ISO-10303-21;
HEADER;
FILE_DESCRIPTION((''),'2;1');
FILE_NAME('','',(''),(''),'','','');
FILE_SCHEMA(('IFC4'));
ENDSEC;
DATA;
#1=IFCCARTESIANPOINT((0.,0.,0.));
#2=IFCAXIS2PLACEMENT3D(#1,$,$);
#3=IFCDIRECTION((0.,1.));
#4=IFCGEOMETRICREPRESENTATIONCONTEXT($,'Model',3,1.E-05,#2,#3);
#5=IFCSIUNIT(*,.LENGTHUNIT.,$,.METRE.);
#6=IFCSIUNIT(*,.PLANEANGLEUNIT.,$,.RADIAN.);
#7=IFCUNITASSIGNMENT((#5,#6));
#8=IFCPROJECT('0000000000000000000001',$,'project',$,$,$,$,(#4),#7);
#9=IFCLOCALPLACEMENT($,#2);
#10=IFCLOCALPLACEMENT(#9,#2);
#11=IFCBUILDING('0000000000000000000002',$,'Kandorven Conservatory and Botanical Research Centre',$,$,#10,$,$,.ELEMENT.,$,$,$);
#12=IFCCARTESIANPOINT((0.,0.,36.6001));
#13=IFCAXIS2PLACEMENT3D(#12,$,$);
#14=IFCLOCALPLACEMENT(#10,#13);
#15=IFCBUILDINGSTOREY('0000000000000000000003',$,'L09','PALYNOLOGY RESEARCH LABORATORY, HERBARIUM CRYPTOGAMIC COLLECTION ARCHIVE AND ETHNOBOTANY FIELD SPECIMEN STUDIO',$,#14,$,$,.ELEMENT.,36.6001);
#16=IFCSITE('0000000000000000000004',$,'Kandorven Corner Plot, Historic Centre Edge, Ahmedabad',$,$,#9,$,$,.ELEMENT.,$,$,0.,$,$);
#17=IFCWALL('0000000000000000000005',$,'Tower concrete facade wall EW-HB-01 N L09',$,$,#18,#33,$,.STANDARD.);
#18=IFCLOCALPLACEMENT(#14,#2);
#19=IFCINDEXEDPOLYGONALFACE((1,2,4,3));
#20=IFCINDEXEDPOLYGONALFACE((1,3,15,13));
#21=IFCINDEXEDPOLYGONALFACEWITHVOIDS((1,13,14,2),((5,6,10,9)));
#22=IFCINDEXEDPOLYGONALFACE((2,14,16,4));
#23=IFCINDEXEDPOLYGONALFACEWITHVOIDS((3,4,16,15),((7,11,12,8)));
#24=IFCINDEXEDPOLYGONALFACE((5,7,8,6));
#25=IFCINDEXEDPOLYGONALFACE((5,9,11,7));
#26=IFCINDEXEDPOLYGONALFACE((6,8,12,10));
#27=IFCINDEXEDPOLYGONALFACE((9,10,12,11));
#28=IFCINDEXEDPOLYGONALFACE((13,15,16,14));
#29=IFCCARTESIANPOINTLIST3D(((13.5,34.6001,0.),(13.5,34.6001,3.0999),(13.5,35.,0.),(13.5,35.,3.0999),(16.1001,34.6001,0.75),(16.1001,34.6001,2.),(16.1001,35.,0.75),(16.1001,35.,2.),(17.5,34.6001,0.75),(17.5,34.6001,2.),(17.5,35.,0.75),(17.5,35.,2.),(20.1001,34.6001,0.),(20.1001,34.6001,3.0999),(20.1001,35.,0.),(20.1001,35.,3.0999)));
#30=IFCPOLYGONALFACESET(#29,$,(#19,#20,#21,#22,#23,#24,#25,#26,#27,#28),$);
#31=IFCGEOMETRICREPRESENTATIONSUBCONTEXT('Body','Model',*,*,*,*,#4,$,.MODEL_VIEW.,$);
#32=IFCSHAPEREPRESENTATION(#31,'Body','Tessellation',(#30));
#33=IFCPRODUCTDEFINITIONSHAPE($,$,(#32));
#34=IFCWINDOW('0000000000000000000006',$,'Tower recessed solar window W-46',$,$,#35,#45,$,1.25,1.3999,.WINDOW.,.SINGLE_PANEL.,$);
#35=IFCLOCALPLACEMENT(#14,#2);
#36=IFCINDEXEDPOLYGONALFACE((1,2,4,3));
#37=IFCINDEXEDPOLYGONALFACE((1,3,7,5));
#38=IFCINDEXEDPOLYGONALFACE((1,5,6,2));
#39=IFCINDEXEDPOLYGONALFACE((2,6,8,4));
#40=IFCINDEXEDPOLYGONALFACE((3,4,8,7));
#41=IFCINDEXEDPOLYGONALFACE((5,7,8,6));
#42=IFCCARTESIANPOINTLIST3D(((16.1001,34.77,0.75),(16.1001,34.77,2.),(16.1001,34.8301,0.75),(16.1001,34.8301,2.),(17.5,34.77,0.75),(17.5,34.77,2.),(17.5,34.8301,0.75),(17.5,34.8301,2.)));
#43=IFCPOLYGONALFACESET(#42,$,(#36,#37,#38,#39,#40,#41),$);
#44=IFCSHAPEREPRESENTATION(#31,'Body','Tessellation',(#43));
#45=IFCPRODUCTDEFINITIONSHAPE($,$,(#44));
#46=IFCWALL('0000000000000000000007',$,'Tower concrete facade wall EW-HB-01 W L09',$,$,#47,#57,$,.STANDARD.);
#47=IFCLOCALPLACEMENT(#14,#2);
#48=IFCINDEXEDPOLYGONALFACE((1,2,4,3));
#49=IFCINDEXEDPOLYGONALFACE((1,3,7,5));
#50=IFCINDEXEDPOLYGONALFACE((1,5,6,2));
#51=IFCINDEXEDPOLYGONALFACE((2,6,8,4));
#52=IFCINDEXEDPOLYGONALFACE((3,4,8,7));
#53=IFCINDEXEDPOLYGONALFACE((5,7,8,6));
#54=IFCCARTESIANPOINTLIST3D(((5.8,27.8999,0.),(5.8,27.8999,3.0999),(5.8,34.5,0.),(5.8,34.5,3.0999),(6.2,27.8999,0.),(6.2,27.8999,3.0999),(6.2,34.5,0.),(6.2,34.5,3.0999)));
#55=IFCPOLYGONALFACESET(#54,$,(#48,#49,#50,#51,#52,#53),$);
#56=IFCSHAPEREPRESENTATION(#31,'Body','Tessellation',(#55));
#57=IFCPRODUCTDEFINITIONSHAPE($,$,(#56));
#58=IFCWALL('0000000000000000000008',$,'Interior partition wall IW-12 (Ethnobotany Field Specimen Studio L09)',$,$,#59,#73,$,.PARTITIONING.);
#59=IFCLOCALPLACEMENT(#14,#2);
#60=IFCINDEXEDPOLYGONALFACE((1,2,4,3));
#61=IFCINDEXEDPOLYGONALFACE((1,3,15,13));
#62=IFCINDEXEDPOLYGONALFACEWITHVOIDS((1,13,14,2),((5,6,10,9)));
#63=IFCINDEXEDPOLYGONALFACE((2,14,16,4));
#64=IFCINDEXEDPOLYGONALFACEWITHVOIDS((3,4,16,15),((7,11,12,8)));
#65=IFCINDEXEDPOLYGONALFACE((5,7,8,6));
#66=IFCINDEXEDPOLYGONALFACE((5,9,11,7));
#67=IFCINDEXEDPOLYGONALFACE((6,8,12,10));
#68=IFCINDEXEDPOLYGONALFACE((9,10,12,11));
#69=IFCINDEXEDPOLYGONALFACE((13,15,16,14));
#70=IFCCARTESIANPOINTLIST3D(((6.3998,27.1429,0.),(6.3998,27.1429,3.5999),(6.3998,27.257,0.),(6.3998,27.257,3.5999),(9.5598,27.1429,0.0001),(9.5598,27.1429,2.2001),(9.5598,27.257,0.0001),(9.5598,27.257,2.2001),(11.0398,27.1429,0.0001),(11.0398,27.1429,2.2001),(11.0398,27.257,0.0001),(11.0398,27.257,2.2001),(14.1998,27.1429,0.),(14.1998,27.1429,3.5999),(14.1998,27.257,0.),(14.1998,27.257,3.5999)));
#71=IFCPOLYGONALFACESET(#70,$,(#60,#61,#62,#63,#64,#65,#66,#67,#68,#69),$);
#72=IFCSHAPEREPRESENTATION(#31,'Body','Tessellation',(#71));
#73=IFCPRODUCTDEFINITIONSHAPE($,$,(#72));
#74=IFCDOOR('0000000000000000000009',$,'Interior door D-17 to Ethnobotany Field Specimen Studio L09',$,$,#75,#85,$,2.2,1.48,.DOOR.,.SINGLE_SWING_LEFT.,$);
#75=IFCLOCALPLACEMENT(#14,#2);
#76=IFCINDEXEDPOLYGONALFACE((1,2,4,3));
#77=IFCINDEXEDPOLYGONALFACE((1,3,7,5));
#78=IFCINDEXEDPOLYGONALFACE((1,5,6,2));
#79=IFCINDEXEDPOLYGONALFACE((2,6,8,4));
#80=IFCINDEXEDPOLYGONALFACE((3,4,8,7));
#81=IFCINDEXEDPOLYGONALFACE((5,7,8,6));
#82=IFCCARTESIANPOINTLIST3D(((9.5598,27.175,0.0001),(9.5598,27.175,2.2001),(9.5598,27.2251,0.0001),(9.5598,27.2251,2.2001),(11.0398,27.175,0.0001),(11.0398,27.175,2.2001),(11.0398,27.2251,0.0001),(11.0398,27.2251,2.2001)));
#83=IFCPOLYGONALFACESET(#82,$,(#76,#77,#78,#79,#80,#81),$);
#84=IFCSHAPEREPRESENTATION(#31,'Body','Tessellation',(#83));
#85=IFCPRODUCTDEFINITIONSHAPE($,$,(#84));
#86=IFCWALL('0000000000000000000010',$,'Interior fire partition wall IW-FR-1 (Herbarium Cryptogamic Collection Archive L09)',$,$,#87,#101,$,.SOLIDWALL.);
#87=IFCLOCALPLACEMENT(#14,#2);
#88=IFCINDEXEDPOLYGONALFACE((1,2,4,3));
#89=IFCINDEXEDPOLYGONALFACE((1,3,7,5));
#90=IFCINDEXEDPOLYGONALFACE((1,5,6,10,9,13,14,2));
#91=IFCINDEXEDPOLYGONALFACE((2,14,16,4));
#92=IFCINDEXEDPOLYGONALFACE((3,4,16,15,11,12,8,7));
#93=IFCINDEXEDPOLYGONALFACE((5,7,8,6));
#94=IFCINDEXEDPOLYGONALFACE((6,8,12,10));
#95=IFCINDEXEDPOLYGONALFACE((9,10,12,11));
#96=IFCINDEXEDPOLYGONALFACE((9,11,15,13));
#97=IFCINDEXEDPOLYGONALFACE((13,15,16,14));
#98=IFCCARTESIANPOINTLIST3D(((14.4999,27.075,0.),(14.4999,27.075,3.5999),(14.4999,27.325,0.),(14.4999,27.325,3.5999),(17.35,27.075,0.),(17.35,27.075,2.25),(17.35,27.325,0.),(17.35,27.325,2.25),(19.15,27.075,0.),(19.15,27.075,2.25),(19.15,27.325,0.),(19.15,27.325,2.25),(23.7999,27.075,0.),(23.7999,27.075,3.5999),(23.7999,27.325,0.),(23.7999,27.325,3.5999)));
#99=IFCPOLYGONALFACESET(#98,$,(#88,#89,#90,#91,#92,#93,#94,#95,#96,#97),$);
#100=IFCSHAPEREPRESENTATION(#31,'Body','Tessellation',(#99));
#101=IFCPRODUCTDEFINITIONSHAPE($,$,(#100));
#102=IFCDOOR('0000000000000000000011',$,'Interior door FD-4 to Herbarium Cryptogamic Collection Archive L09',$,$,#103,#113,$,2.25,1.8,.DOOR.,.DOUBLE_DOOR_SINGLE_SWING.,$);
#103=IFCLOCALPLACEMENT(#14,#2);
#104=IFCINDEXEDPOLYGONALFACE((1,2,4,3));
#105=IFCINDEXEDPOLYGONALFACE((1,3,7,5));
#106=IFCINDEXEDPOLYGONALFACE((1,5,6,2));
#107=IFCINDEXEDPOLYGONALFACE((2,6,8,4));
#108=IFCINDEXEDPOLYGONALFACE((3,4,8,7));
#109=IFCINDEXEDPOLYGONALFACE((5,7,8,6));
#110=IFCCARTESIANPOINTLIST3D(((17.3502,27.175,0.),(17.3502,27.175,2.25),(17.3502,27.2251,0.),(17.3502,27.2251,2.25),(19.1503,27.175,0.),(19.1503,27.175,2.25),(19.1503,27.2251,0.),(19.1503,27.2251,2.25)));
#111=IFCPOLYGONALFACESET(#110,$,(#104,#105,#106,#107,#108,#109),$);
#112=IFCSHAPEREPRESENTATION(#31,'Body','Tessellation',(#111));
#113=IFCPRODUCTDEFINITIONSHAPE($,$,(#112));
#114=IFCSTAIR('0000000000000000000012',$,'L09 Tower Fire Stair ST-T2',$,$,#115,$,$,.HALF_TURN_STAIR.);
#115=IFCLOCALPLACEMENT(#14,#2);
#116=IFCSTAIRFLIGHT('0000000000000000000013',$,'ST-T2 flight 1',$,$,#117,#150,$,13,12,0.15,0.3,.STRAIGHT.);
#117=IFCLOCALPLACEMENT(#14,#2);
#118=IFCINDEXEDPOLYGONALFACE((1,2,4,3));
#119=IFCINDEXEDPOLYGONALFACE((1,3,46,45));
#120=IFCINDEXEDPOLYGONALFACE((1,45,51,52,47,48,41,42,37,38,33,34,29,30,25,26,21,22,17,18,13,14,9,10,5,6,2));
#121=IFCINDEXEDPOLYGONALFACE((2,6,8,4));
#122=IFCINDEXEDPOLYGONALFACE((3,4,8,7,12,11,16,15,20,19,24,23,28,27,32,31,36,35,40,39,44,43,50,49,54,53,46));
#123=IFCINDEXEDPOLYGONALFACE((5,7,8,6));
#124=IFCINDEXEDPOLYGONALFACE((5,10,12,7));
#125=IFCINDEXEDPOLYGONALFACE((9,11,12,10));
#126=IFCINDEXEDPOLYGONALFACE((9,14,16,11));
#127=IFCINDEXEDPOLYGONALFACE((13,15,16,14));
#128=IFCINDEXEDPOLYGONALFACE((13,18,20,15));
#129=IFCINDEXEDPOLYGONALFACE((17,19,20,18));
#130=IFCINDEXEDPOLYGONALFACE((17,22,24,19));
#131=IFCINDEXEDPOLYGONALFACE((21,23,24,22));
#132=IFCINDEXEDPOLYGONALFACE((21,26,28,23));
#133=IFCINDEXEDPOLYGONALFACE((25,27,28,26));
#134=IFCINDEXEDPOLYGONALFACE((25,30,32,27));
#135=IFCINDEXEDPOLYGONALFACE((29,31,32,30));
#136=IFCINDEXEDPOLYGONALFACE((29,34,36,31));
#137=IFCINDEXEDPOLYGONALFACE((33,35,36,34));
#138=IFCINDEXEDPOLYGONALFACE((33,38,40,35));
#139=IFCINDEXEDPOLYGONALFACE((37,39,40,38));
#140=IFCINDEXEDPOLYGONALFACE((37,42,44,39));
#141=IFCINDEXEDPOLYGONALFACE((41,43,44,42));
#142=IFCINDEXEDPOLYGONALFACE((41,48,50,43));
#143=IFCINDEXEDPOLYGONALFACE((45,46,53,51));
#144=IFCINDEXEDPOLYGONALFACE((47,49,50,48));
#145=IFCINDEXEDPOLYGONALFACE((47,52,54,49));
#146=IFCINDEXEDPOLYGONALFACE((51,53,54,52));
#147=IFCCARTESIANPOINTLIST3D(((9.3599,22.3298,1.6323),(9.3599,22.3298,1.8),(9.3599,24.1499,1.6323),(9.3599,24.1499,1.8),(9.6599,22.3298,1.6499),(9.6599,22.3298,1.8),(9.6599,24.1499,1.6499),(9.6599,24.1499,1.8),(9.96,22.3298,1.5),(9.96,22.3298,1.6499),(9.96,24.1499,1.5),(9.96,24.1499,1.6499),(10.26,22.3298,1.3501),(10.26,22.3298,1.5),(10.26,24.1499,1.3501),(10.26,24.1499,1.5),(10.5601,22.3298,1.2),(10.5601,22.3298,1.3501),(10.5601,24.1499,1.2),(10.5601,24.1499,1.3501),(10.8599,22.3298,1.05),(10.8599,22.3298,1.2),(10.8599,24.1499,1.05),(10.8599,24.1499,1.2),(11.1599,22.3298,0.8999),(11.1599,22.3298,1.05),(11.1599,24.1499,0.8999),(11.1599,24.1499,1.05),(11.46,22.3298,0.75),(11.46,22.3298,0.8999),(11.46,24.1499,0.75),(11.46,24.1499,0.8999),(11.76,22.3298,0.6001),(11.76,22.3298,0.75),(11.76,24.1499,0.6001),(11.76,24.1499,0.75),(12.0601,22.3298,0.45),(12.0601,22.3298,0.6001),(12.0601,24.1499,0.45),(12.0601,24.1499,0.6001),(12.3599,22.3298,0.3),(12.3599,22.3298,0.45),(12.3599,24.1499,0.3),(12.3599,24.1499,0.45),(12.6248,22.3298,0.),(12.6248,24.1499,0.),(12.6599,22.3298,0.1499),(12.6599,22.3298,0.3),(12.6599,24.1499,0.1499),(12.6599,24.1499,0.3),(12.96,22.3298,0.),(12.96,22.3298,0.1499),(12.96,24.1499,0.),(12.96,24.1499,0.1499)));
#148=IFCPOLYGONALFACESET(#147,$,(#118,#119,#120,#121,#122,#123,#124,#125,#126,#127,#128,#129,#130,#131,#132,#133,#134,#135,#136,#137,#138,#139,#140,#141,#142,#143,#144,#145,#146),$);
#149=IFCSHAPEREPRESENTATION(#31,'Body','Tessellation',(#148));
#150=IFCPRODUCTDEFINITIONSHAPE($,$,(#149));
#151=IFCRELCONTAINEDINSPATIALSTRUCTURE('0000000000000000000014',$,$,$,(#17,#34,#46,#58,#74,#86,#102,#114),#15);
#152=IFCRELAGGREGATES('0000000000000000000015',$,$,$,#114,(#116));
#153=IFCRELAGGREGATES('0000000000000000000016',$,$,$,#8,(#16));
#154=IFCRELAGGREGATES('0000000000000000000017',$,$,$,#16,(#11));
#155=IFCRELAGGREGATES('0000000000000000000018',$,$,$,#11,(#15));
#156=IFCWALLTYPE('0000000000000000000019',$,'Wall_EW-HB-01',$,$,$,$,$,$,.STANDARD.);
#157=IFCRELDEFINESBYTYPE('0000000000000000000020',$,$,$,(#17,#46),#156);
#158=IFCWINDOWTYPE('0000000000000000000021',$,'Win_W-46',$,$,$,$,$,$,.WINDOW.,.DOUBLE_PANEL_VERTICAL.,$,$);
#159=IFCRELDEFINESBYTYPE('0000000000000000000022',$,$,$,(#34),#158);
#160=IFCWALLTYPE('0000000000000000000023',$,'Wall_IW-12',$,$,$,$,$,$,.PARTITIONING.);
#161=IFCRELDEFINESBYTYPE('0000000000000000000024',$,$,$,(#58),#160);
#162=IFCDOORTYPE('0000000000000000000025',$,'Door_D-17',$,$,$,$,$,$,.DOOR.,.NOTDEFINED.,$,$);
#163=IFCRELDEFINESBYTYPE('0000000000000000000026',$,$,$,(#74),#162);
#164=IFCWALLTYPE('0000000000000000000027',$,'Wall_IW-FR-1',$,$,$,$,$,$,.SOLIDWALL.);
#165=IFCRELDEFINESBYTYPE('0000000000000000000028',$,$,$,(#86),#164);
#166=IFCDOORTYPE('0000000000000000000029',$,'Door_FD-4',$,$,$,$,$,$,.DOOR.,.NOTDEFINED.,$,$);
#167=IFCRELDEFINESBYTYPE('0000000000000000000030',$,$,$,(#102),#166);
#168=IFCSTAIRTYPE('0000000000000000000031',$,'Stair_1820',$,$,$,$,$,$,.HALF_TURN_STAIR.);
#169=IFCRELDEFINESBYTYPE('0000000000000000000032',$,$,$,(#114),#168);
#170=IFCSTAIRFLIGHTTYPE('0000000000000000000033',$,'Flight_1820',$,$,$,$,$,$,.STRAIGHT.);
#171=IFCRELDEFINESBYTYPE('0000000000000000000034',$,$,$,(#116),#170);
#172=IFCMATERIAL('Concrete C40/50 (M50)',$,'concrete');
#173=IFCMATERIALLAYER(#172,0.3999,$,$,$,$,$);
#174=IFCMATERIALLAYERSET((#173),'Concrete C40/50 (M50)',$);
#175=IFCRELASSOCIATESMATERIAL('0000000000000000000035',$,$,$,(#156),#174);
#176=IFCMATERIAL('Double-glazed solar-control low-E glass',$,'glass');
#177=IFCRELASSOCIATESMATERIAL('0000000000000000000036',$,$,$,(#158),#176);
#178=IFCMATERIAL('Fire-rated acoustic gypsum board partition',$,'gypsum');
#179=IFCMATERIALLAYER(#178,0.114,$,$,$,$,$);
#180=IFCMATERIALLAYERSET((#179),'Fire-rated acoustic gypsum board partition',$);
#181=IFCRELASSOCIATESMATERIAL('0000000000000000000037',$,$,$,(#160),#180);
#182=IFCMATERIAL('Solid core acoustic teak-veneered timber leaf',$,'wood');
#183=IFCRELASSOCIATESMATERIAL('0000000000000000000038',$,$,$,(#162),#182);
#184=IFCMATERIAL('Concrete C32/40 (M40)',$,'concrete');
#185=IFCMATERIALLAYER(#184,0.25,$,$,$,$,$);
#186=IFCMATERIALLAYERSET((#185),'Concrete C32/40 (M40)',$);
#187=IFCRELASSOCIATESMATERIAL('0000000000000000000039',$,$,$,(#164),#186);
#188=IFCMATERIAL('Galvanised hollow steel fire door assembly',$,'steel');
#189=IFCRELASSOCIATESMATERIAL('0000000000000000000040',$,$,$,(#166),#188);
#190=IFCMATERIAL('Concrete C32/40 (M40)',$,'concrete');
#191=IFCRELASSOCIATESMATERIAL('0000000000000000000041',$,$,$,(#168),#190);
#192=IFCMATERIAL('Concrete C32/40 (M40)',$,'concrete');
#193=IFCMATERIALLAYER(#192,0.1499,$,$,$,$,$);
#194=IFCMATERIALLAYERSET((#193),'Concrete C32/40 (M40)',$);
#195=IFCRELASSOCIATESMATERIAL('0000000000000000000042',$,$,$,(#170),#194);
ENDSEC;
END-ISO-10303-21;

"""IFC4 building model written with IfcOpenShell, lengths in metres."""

from ifc_helpers import new_model, si_unit, direction, frame, frame_2d, origin, place, context, subcontext, project, spatial, polyline, rectangle, outline, extrude, material, layer, layer_set, type_object, element, fill, aggregate, save


model = new_model("IFC4")

# Units and contexts
model_context = context("Model", 3, precision=1e-05, world=origin(), true_north=direction((0.0, 1.0)))
body_context = subcontext(model_context, "Body", "Model", "MODEL_VIEW")
ifc_project = project(units=[si_unit("LENGTHUNIT", "METRE"), si_unit("PLANEANGLEUNIT", "RADIAN")], contexts=[model_context])

# Site, building, storey
site_placement = place(None, origin())
site = spatial("IfcSite", under=ifc_project, at=site_placement, Name="Kandorven Corner Plot, Historic Centre Edge, Ahmedabad", CompositionType="ELEMENT", RefElevation=0.0)
building_placement = place(site_placement, origin())
building = spatial("IfcBuilding", under=site, at=building_placement, Name="Kandorven Conservatory and Botanical Research Centre", CompositionType="ELEMENT")
storey_placement = place(building_placement, frame((0.0, 0.0, 36.6001)))
storey = spatial("IfcBuildingStorey", under=building, at=storey_placement, Name="L09", Description="PALYNOLOGY RESEARCH LABORATORY, HERBARIUM CRYPTOGAMIC COLLECTION ARCHIVE AND ETHNOBOTANY FIELD SPECIMEN STUDIO", CompositionType="ELEMENT", Elevation=36.6001)

# Wall, opening, window
ifc_material_1 = material(Name="Concrete C40/50 (M50)", Category="concrete")
ifc_layer_1 = layer(ifc_material_1, 0.3999)
ifc_layer_set_1 = layer_set([ifc_layer_1], Name="Concrete C40/50 (M50)")
wall_type_1 = type_object("IfcWallType", Name="Wall_EW-HB-01", PredefinedType="STANDARD", material=ifc_layer_set_1)
wall_1_placement = place(storey_placement, frame((13.5, 34.8, 0.0), z_axis=(0.0, 0.0, 1.0), x_axis=(1.0, 0.0, 0.0)))
wall_1 = element("IfcWall", 1, at=wall_1_placement, inside=storey, type_object=wall_type_1, Name="Tower concrete facade wall EW-HB-01 N L09", PredefinedType="STANDARD", context=body_context, shape_type="SweptSolid", body=[
    extrude(rectangle(XDim=6.6001, YDim=0.3999, at=frame_2d((3.3, 0.0))), origin(), (0.0, 0.0, 1.0), 3.0999),
])
opening_1_placement = place(wall_1_placement, frame((2.6001, 0.0, 0.75)))
opening_1 = element("IfcOpeningElement", 2, at=opening_1_placement, cuts=wall_1, PredefinedType="OPENING", context=body_context, shape_type="SweptSolid", body=[
    extrude(rectangle(XDim=1.3999, YDim=1.25, at=frame_2d((0.7, 0.625))), frame((0.0, 0.21, 0.0), z_axis=(0.0, -1.0, 0.0), x_axis=(1.0, 0.0, 0.0)), (0.0, 0.0, 1.0), 0.4199),
])
ifc_material_2 = material(Name="Double-glazed solar-control low-E glass", Category="glass")
window_type_1 = type_object("IfcWindowType", Name="Win_W-46", PartitioningType="DOUBLE_PANEL_VERTICAL", PredefinedType="WINDOW", material=ifc_material_2)
window_1_placement = place(opening_1_placement, origin())
window_1 = element("IfcWindow", 3, at=window_1_placement, inside=storey, type_object=window_type_1, Name="Tower recessed solar window W-46", OverallHeight=1.25, OverallWidth=1.3999, PartitioningType="SINGLE_PANEL", PredefinedType="WINDOW", context=body_context, shape_type="SweptSolid", body=[
    extrude(rectangle(XDim=1.3999, YDim=1.25, at=frame_2d((0.7, 0.625))), frame((0.0, 0.03, 0.0), z_axis=(0.0, -1.0, 0.0), x_axis=(1.0, 0.0, 0.0)), (0.0, 0.0, 1.0), 0.0601),
])
fill(opening_1, window_1)

# Wall
wall_2_placement = place(storey_placement, frame((6.0, 27.8999, 0.0), z_axis=(0.0, 0.0, 1.0), x_axis=(0.0, 1.0, 0.0)))
element("IfcWall", 4, at=wall_2_placement, inside=storey, type_object=wall_type_1, Name="Tower concrete facade wall EW-HB-01 W L09", PredefinedType="STANDARD", context=body_context, shape_type="SweptSolid", body=[
    extrude(rectangle(XDim=6.6001, YDim=0.3999, at=frame_2d((3.3, 0.0))), origin(), (0.0, 0.0, 1.0), 3.0999),
])

# Walls, openings, doors
ifc_material_3 = material(Name="Fire-rated acoustic gypsum board partition", Category="gypsum")
ifc_layer_2 = layer(ifc_material_3, 0.114)
ifc_layer_set_2 = layer_set([ifc_layer_2], Name="Fire-rated acoustic gypsum board partition")
wall_type_2 = type_object("IfcWallType", Name="Wall_IW-12", PredefinedType="PARTITIONING", material=ifc_layer_set_2)
wall_3_placement = place(storey_placement, frame((6.3999, 27.2, 0.0), z_axis=(0.0, 0.0, 1.0), x_axis=(1.0, 0.0, 0.0)))
wall_3 = element("IfcWall", 5, at=wall_3_placement, inside=storey, type_object=wall_type_2, Name="Interior partition wall IW-12 (Ethnobotany Field Specimen Studio L09)", PredefinedType="PARTITIONING", context=body_context, shape_type="SweptSolid", body=[
    extrude(rectangle(XDim=7.8, YDim=0.114, at=frame_2d((3.8999, 0.0))), origin(), (0.0, 0.0, 1.0), 3.5999),
])
opening_2_placement = place(wall_3_placement, frame((3.1599, 0.0, 0.0)))
opening_2 = element("IfcOpeningElement", 6, at=opening_2_placement, cuts=wall_3, PredefinedType="OPENING", context=body_context, shape_type="SweptSolid", body=[
    extrude(rectangle(XDim=1.48, YDim=2.2, at=frame_2d((0.74, 1.1001))), frame((0.0, 0.0669, 0.0), z_axis=(0.0, -1.0, 0.0), x_axis=(1.0, 0.0, 0.0)), (0.0, 0.0, 1.0), 0.134),
])
ifc_material_4 = material(Name="Solid core acoustic teak-veneered timber leaf", Category="wood")
door_type_1 = type_object("IfcDoorType", Name="Door_D-17", OperationType="NOTDEFINED", PredefinedType="DOOR", material=ifc_material_4)
door_1_placement = place(opening_2_placement, frame((1.48, 0.0, 0.0), z_axis=(0.0, 0.0, 1.0), x_axis=(-1.0, 0.0, 0.0)))
door_1 = element("IfcDoor", 7, at=door_1_placement, inside=storey, type_object=door_type_1, Name="Interior door D-17 to Ethnobotany Field Specimen Studio L09", OperationType="SINGLE_SWING_LEFT", OverallHeight=2.2, OverallWidth=1.48, PredefinedType="DOOR", context=body_context, shape_type="SweptSolid", body=[
    extrude(rectangle(XDim=1.48, YDim=2.2, at=frame_2d((0.74, 1.1001))), frame((0.0, 0.0249, 0.0), z_axis=(0.0, -1.0, 0.0), x_axis=(1.0, 0.0, 0.0)), (0.0, 0.0, 1.0), 0.05),
])
fill(opening_2, door_1)
ifc_material_5 = material(Name="Concrete C32/40 (M40)", Category="concrete")
ifc_layer_3 = layer(ifc_material_5, 0.25)
ifc_layer_set_3 = layer_set([ifc_layer_3], Name="Concrete C32/40 (M40)")
wall_type_3 = type_object("IfcWallType", Name="Wall_IW-FR-1", PredefinedType="SOLIDWALL", material=ifc_layer_set_3)
wall_4_placement = place(storey_placement, frame((14.5, 27.2, 0.0), z_axis=(0.0, 0.0, 1.0), x_axis=(1.0, 0.0, 0.0)))
wall_4 = element("IfcWall", 8, at=wall_4_placement, inside=storey, type_object=wall_type_3, Name="Interior fire partition wall IW-FR-1 (Herbarium Cryptogamic Collection Archive L09)", PredefinedType="SOLIDWALL", context=body_context, shape_type="SweptSolid", body=[
    extrude(rectangle(XDim=9.3, YDim=0.25, at=frame_2d((4.6499, 0.0))), origin(), (0.0, 0.0, 1.0), 3.5999),
])
opening_3_placement = place(wall_4_placement, frame((2.8501, 0.0, 0.0)))
opening_3 = element("IfcOpeningElement", 9, at=opening_3_placement, cuts=wall_4, PredefinedType="OPENING", context=body_context, shape_type="SweptSolid", body=[
    extrude(rectangle(XDim=1.8, YDim=2.25, at=frame_2d((0.8999, 1.125))), frame((0.0, 0.135, 0.0), z_axis=(0.0, -1.0, 0.0), x_axis=(1.0, 0.0, 0.0)), (0.0, 0.0, 1.0), 0.27),
])
ifc_material_6 = material(Name="Galvanised hollow steel fire door assembly", Category="steel")
door_type_2 = type_object("IfcDoorType", Name="Door_FD-4", OperationType="NOTDEFINED", PredefinedType="DOOR", material=ifc_material_6)
door_2_placement = place(opening_3_placement, frame((1.8, 0.0, 0.0), z_axis=(0.0, 0.0, 1.0), x_axis=(-1.0, 0.0, 0.0)))
door_2 = element("IfcDoor", 10, at=door_2_placement, inside=storey, type_object=door_type_2, Name="Interior door FD-4 to Herbarium Cryptogamic Collection Archive L09", OperationType="DOUBLE_DOOR_SINGLE_SWING", OverallHeight=2.25, OverallWidth=1.8, PredefinedType="DOOR", context=body_context, shape_type="SweptSolid", body=[
    extrude(rectangle(XDim=1.8, YDim=2.25, at=frame_2d((0.8999, 1.125))), frame((0.0, 0.0249, 0.0), z_axis=(0.0, -1.0, 0.0), x_axis=(1.0, 0.0, 0.0)), (0.0, 0.0, 1.0), 0.05),
])
fill(opening_3, door_2)

# Stair, stair flight
ifc_material_7 = material(Name="Concrete C32/40 (M40)", Category="concrete")
stair_type = type_object("IfcStairType", Name="Stair_1820", PredefinedType="HALF_TURN_STAIR", material=ifc_material_7)
stair_placement = place(storey_placement, origin())
stair = element("IfcStair", 11, at=stair_placement, inside=storey, type_object=stair_type, Name="L09 Tower Fire Stair ST-T2", PredefinedType="HALF_TURN_STAIR")
ifc_material_8 = material(Name="Concrete C32/40 (M40)", Category="concrete")
ifc_layer_4 = layer(ifc_material_8, 0.1499)
ifc_layer_set_4 = layer_set([ifc_layer_4], Name="Concrete C32/40 (M40)")
stair_flight_type = type_object("IfcStairFlightType", Name="Flight_1820", PredefinedType="STRAIGHT", material=ifc_layer_set_4)
stair_flight_placement = place(storey_placement, frame((12.96, 23.24, 0.0), z_axis=(0.0, 0.0, 1.0), x_axis=(-1.0, 0.0, 0.0)))
stair_flight = element("IfcStairFlight", 12, at=stair_flight_placement, type_object=stair_flight_type, Name="ST-T2 flight 1", NumberOfRisers=13, NumberOfTreads=12, PredefinedType="STRAIGHT", RiserHeight=0.15, TreadLength=0.3, context=body_context, shape_type="SweptSolid", body=[
    extrude(outline(polyline([(0.0, 0.0), (0.0, 0.1499), (0.3, 0.1499), (0.3, 0.3), (0.6001, 0.3), (0.6001, 0.45), (0.8999, 0.45), (0.8999, 0.6001), (1.2, 0.6001), (1.2, 0.75), (1.5, 0.75), (1.5, 0.8999), (1.8, 0.8999), (1.8, 1.05), (2.1001, 1.05), (2.1001, 1.2), (2.3999, 1.2), (2.3999, 1.3501), (2.7, 1.3501), (2.7, 1.5), (3.0, 1.5), (3.0, 1.6499), (3.3, 1.6499), (3.3, 1.8), (3.6001, 1.8), (3.6001, 1.95), (3.6001, 1.6323), (0.3352, 0.0), (0.0, 0.0)])), frame((0.0, 0.9102, 0.0), z_axis=(0.0, -1.0, 0.0), x_axis=(1.0, 0.0, 0.0)), (0.0, 0.0, 1.0), 1.8201),
])
aggregate(stair, [stair_flight])

save(model, "model.ifc")
